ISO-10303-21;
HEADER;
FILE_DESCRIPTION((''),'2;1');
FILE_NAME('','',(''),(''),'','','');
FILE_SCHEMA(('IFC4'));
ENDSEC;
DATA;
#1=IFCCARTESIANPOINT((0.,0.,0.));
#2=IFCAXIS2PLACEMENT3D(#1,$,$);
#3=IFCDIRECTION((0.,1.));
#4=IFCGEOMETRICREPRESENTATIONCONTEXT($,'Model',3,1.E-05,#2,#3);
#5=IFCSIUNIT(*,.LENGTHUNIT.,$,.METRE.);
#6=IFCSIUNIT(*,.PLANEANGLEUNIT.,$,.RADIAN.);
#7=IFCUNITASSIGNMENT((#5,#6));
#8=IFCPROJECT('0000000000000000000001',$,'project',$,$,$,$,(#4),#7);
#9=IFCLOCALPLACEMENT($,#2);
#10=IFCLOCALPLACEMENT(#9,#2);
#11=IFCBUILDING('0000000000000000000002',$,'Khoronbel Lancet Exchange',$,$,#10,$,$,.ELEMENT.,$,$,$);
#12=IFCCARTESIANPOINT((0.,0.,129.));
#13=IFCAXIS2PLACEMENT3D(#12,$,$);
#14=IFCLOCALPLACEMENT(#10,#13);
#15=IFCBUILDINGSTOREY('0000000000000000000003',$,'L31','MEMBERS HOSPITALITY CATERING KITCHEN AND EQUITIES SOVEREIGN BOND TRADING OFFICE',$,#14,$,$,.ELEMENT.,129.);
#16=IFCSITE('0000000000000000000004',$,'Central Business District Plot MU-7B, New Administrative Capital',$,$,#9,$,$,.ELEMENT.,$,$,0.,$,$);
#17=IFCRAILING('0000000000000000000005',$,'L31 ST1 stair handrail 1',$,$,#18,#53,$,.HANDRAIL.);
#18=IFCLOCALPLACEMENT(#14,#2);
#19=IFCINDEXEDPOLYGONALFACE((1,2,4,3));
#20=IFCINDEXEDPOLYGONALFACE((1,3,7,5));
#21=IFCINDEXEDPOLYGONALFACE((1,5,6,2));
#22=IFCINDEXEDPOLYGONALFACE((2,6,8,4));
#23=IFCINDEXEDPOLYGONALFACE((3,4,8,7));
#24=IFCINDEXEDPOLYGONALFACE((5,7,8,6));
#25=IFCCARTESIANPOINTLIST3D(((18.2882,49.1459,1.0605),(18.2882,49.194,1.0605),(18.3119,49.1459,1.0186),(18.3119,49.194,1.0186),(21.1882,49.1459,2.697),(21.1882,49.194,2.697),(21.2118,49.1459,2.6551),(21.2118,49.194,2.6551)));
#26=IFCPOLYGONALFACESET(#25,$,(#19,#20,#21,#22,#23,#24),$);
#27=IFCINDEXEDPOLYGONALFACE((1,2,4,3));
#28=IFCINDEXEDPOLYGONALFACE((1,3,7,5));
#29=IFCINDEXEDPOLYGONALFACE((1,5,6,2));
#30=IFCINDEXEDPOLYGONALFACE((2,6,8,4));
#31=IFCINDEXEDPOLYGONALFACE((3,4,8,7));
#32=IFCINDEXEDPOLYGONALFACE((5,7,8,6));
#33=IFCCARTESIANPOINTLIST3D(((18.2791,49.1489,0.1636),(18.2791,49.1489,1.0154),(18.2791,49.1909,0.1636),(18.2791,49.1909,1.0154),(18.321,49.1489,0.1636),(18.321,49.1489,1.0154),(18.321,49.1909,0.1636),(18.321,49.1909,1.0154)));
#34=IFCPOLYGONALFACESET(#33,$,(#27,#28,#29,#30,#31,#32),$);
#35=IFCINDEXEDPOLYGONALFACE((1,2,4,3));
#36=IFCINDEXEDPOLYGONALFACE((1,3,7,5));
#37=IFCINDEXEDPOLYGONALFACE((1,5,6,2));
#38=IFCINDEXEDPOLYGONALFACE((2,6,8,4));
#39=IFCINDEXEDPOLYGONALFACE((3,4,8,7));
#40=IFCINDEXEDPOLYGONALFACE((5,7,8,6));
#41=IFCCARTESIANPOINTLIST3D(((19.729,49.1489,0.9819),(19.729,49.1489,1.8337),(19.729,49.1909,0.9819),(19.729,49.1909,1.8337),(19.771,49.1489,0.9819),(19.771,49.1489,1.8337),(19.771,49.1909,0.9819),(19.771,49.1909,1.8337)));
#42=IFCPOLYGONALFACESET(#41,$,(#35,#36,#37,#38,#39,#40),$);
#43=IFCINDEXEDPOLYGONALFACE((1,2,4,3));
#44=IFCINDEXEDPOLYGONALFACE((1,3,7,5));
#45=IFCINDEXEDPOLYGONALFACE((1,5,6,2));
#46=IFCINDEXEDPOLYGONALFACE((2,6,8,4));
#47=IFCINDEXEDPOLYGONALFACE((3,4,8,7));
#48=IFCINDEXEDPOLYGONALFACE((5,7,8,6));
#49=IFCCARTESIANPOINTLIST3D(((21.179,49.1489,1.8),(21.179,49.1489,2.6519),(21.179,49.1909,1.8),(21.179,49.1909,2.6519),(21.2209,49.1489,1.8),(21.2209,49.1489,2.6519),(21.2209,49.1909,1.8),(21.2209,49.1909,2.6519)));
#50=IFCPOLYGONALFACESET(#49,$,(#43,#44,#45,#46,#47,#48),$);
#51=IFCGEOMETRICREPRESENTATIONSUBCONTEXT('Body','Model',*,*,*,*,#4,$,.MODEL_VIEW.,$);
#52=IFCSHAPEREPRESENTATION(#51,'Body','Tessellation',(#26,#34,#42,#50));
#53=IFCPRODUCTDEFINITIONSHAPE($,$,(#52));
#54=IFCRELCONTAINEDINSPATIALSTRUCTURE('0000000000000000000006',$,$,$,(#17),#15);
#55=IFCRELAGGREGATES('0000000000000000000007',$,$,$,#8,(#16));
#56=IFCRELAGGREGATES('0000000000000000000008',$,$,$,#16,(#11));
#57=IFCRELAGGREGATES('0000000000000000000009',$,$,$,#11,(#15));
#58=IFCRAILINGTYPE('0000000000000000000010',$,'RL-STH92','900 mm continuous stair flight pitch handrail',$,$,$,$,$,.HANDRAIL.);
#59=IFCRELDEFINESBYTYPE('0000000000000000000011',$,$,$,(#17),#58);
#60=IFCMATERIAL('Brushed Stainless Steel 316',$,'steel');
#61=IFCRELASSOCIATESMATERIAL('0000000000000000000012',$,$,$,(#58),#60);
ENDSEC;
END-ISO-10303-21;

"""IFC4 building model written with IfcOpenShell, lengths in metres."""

from ifc_helpers import new_model, si_unit, direction, frame, origin, origin_2d, place, context, subcontext, project, spatial, rectangle, extrude, material, type_object, element, save


model = new_model("IFC4")

# Units and contexts
model_context = context("Model", 3, precision=1e-05, world=origin(), true_north=direction((0.0, 1.0)))
body_context = subcontext(model_context, "Body", "Model", "MODEL_VIEW")
ifc_project = project(units=[si_unit("LENGTHUNIT", "METRE"), si_unit("PLANEANGLEUNIT", "RADIAN")], contexts=[model_context])

# Site, building, storey
site_placement = place(None, origin())
site = spatial("IfcSite", under=ifc_project, at=site_placement, Name="Central Business District Plot MU-7B, New Administrative Capital", CompositionType="ELEMENT", RefElevation=0.0)
building_placement = place(site_placement, origin())
building = spatial("IfcBuilding", under=site, at=building_placement, Name="Khoronbel Lancet Exchange", CompositionType="ELEMENT")
storey_placement = place(building_placement, frame((0.0, 0.0, 129.0)))
storey = spatial("IfcBuildingStorey", under=building, at=storey_placement, Name="L31", Description="MEMBERS HOSPITALITY CATERING KITCHEN AND EQUITIES SOVEREIGN BOND TRADING OFFICE", CompositionType="ELEMENT", Elevation=129.0)

# Railing
ifc_material_1 = material(Name="Brushed Stainless Steel 316", Category="steel")
railing_type_1 = type_object("IfcRailingType", Name="RL-STH92", Description="900 mm continuous stair flight pitch handrail", PredefinedType="HANDRAIL", material=ifc_material_1)
railing_1_placement = place(storey_placement, frame((18.3, 49.1699, 0.1636)))
element("IfcRailing", 1, at=railing_1_placement, inside=storey, type_object=railing_type_1, Name="L31 ST1 stair handrail 1", PredefinedType="HANDRAIL", context=body_context, shape_type="SweptSolid", body=[
    extrude(rectangle(XDim=0.0481, YDim=0.0481, at=origin_2d()), frame((0.0, 0.0, 0.876), z_axis=(0.870897, 0.0, 0.491465), x_axis=(0.0, 1.0, 0.0)), (0.0, 0.0, 1.0), 3.3298),
    extrude(rectangle(XDim=0.042, YDim=0.042, at=origin_2d()), origin(), (0.0, 0.0, 1.0), 0.8518),
    extrude(rectangle(XDim=0.042, YDim=0.042, at=origin_2d()), frame((1.45, 0.0, 0.8184)), (0.0, 0.0, 1.0), 0.8518),
    extrude(rectangle(XDim=0.042, YDim=0.042, at=origin_2d()), frame((2.8999, 0.0, 1.6365)), (0.0, 0.0, 1.0), 0.8518),
])

save(model, "model.ifc")
